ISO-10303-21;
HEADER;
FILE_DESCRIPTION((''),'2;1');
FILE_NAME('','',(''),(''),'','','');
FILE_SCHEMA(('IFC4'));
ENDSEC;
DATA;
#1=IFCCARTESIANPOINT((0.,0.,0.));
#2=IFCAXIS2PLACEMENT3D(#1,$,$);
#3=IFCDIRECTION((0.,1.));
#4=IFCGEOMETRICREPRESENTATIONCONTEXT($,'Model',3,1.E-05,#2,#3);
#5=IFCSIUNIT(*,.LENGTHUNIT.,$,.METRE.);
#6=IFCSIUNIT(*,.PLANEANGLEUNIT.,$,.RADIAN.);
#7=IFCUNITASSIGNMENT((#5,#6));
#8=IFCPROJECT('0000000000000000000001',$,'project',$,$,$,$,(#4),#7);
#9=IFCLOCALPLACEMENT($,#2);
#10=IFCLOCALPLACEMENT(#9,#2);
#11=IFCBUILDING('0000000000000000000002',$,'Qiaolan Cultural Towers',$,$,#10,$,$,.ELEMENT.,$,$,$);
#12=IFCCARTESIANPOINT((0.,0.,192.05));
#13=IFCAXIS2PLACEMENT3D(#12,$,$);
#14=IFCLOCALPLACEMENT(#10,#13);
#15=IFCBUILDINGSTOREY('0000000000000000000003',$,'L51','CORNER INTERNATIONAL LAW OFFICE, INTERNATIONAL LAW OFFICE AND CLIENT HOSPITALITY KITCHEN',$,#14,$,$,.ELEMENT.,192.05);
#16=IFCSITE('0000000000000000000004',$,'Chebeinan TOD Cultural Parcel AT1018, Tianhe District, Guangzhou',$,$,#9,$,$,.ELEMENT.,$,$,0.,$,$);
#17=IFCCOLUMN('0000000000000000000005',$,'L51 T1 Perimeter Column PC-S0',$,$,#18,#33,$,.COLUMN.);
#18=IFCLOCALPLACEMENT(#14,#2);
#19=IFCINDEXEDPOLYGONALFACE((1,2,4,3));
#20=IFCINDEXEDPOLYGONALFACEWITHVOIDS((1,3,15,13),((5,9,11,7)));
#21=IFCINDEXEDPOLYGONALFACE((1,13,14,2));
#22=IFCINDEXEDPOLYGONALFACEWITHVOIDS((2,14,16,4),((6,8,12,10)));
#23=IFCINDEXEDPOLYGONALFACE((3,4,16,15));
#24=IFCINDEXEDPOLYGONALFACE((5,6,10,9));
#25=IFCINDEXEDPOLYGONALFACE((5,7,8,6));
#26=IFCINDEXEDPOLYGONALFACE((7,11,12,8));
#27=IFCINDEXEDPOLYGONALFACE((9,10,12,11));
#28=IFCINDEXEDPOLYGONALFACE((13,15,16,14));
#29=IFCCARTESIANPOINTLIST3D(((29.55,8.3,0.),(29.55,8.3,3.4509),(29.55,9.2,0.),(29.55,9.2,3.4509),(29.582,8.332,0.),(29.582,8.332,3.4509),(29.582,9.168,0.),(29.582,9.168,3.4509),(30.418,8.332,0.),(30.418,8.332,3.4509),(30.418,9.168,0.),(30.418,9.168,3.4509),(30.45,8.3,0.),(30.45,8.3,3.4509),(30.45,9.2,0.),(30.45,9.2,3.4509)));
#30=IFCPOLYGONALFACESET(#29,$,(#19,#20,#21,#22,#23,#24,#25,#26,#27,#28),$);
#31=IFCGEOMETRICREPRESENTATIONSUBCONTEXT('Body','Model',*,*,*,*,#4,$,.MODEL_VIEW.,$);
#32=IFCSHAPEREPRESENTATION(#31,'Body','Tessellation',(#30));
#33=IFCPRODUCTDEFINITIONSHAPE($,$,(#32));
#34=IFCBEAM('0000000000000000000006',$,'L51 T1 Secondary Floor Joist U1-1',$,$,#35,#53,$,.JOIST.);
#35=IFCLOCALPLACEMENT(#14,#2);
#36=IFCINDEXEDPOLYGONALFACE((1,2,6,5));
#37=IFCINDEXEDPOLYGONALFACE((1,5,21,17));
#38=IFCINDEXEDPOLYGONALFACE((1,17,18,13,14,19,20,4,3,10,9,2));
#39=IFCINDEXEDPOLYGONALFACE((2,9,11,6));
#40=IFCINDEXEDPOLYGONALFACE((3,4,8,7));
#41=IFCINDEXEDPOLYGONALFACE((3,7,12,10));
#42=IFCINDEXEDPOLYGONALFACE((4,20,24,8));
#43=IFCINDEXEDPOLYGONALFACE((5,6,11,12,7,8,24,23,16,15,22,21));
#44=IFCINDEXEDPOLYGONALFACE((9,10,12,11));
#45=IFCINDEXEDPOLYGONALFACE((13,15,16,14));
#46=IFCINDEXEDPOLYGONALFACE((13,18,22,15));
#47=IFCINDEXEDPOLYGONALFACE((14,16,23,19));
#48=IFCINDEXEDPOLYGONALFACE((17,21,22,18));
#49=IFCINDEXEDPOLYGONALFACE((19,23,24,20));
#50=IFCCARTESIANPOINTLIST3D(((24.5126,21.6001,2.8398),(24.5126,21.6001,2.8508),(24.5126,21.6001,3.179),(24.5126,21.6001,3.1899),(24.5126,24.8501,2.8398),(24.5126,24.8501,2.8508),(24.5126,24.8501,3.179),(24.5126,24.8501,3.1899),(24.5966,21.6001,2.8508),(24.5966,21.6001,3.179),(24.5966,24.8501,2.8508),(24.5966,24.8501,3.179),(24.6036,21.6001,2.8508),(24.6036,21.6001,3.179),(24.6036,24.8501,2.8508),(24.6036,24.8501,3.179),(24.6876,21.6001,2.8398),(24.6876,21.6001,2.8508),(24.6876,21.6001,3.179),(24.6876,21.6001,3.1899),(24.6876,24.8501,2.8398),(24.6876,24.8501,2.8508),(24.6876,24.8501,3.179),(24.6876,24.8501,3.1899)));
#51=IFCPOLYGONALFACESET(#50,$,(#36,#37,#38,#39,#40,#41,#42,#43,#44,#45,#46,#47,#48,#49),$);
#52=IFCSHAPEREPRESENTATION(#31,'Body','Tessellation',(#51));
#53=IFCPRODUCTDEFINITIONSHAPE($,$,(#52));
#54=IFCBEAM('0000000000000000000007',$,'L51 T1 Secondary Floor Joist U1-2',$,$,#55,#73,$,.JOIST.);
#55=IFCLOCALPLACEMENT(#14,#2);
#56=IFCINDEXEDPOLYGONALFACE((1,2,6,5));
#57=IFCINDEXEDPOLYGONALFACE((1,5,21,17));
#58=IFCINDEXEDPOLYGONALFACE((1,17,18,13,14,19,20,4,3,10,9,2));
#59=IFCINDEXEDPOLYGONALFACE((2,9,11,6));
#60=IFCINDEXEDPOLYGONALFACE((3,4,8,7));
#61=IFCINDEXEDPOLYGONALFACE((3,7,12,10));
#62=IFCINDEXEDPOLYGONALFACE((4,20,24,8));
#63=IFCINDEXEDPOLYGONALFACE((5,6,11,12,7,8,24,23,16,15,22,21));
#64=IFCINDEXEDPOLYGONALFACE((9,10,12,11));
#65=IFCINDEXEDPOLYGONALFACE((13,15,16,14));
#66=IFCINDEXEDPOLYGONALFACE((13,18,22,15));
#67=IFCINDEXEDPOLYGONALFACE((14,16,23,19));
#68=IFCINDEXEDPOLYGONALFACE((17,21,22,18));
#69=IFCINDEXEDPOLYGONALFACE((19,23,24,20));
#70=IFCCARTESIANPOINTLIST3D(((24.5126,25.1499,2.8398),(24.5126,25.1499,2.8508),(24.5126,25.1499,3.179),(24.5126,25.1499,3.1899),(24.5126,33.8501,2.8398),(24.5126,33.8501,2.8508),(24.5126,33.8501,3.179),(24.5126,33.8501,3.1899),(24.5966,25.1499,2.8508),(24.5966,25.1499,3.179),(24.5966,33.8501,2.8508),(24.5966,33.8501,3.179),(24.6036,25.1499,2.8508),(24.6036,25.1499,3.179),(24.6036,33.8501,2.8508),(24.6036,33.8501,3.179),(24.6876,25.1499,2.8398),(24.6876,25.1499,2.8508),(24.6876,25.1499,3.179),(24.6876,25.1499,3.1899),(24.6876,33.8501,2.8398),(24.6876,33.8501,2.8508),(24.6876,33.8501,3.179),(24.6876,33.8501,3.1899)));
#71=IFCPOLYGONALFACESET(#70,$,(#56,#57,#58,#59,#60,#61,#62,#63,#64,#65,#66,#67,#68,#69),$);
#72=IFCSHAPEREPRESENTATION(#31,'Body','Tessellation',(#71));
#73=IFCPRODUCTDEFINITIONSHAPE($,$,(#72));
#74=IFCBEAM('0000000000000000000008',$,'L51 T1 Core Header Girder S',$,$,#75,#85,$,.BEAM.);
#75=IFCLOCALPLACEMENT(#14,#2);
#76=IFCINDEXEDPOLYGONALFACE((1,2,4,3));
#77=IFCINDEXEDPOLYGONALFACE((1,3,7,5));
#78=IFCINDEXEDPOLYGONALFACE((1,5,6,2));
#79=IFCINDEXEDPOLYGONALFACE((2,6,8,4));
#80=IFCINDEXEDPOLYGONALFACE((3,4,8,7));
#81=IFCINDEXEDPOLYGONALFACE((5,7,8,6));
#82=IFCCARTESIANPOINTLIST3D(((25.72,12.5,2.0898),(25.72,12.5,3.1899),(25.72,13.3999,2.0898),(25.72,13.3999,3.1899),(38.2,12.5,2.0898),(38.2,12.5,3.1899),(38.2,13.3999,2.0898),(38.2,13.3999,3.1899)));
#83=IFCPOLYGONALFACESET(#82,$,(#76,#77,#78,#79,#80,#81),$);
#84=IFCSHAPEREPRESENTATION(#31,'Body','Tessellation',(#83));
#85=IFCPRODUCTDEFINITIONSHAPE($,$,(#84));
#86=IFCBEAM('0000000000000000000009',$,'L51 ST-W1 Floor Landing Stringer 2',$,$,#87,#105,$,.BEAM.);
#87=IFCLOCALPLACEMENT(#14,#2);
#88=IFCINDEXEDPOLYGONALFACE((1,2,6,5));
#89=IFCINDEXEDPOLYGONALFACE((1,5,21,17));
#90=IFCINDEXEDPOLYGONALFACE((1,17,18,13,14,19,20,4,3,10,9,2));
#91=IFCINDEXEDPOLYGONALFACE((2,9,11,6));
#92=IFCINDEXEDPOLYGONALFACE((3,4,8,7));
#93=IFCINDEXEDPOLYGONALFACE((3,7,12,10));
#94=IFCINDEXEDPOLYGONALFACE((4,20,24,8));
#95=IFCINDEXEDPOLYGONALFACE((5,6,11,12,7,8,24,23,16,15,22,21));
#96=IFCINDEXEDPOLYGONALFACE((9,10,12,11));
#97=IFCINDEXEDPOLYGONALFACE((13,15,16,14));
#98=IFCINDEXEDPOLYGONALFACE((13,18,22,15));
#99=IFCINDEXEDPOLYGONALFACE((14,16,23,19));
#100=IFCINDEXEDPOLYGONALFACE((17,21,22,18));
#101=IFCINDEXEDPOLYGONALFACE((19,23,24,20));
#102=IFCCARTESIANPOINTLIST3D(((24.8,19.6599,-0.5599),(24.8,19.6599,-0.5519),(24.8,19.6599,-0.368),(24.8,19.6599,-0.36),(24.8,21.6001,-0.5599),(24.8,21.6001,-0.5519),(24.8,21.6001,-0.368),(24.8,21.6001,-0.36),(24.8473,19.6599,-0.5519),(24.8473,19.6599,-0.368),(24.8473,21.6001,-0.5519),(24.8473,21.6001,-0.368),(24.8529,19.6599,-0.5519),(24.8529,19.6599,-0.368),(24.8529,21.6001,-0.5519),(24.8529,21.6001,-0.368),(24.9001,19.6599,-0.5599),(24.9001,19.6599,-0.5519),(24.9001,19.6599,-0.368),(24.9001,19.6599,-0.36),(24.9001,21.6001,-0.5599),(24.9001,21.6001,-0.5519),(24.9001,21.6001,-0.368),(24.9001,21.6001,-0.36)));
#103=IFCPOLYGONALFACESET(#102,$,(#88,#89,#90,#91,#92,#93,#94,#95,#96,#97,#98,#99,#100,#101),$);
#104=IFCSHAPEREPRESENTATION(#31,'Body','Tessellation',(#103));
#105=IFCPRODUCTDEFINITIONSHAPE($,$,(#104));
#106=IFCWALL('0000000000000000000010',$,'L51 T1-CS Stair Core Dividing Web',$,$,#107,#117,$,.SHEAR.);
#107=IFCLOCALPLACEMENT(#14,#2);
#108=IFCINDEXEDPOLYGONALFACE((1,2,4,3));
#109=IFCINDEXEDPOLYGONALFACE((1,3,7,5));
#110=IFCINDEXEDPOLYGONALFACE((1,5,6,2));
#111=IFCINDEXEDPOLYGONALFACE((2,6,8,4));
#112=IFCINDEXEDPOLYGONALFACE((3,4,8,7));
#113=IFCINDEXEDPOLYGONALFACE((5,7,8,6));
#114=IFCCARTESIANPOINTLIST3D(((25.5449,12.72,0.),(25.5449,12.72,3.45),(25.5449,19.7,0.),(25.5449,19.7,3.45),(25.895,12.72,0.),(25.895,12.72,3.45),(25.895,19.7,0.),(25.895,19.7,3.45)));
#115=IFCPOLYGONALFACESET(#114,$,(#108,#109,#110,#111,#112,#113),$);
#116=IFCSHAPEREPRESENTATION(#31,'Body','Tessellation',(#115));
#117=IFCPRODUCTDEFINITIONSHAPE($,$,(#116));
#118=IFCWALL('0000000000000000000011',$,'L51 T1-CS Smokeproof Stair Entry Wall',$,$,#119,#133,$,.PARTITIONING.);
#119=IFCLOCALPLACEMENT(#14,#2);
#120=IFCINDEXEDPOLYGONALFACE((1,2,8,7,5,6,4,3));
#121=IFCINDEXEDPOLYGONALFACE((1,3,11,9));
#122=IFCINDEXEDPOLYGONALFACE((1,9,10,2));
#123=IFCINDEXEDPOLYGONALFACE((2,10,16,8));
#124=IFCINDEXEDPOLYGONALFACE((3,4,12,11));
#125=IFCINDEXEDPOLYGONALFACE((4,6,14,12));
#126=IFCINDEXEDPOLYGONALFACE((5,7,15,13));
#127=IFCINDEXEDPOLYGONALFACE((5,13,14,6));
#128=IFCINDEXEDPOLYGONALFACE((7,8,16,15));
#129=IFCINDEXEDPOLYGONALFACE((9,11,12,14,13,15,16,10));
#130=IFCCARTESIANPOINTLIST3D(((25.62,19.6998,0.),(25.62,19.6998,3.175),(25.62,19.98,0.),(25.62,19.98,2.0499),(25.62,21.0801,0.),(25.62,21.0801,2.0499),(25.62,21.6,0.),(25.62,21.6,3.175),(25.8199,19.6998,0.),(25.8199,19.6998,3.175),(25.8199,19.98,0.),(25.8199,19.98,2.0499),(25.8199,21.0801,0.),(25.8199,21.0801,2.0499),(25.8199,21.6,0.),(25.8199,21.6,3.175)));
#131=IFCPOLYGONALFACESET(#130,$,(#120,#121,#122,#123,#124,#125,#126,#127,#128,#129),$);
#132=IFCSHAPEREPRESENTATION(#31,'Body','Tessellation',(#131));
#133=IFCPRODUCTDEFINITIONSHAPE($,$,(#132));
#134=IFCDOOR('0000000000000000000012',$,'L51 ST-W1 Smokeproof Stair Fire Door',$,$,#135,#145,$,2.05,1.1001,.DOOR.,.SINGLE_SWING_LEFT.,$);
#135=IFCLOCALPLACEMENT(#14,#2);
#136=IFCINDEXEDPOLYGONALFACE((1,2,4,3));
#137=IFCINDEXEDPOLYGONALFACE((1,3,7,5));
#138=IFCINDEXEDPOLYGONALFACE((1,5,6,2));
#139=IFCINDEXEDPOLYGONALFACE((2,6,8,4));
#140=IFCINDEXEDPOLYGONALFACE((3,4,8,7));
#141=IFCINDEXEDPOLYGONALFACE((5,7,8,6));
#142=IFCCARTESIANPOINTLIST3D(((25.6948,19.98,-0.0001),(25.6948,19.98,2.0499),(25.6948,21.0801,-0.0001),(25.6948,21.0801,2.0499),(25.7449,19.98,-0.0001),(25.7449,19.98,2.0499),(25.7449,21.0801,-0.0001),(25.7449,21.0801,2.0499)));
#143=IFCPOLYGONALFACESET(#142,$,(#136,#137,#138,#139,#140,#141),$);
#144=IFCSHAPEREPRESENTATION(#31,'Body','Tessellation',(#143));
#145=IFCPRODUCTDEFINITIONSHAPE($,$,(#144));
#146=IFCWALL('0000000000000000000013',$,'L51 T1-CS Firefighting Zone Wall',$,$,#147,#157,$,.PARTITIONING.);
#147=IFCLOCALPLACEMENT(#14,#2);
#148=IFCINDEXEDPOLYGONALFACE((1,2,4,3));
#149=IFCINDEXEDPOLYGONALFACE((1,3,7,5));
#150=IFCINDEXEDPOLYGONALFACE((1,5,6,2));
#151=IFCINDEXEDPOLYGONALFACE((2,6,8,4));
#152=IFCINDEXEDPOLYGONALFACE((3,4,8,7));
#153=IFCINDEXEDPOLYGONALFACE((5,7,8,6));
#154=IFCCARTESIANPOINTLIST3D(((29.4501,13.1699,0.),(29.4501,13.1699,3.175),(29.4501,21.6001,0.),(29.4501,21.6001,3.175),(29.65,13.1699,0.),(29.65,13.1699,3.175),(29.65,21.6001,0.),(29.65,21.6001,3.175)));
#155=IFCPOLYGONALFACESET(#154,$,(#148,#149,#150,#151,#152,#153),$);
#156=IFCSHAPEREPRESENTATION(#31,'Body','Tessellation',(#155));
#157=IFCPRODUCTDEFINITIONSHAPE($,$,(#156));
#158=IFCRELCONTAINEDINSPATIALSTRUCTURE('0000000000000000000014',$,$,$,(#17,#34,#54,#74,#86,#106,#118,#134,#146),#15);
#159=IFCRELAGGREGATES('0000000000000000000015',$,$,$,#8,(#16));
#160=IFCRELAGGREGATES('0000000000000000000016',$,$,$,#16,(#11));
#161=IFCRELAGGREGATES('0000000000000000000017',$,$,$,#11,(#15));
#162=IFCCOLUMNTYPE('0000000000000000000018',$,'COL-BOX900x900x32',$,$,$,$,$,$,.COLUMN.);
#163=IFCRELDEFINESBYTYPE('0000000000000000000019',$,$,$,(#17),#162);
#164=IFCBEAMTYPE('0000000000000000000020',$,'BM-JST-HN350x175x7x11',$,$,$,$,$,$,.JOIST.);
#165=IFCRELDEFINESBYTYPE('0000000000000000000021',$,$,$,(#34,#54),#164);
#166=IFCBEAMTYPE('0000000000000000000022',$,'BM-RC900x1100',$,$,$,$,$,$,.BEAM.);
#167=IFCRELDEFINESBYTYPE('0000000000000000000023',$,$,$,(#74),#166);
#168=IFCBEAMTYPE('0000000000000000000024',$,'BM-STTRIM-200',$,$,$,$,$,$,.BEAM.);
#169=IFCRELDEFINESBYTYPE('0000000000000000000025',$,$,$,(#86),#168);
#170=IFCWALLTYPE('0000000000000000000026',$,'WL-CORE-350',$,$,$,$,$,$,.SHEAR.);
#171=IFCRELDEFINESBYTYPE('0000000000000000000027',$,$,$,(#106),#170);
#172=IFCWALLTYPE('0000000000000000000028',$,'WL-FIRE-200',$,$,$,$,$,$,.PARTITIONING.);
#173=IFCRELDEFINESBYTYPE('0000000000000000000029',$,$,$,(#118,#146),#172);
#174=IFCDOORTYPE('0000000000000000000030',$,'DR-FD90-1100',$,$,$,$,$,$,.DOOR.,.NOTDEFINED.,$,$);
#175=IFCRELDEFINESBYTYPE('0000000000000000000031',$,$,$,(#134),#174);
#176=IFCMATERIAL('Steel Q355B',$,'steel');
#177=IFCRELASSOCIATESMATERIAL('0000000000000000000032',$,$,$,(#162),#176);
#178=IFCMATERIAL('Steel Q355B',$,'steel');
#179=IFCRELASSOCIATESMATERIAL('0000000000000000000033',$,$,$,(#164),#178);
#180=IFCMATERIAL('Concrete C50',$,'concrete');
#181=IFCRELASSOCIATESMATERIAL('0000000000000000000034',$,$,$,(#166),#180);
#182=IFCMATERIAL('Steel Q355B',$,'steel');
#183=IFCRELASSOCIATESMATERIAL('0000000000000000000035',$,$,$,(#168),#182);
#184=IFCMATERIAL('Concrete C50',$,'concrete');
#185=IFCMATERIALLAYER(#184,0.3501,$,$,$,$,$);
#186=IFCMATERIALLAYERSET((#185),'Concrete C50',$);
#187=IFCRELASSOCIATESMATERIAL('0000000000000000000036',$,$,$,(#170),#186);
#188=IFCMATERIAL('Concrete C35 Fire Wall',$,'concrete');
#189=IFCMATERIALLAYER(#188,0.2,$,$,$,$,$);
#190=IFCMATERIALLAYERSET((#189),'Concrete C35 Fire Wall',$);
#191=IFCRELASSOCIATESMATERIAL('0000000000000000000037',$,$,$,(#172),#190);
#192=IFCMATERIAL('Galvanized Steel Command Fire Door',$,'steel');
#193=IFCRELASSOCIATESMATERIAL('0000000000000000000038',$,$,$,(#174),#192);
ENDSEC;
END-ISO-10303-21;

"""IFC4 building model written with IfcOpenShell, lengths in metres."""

from ifc_helpers import new_model, si_unit, direction, frame, frame_2d, origin, origin_2d, place, context, subcontext, project, spatial, rectangle, hollow_rectangle, i_section, extrude, material, layer, layer_set, material_profile, profile_set, type_object, element, fill, save


model = new_model("IFC4")

# Units and contexts
model_context = context("Model", 3, precision=1e-05, world=origin(), true_north=direction((0.0, 1.0)))
body_context = subcontext(model_context, "Body", "Model", "MODEL_VIEW")
ifc_project = project(units=[si_unit("LENGTHUNIT", "METRE"), si_unit("PLANEANGLEUNIT", "RADIAN")], contexts=[model_context])

# Site, building, storey
site_placement = place(None, origin())
site = spatial("IfcSite", under=ifc_project, at=site_placement, Name="Chebeinan TOD Cultural Parcel AT1018, Tianhe District, Guangzhou", CompositionType="ELEMENT", RefElevation=0.0)
building_placement = place(site_placement, origin())
building = spatial("IfcBuilding", under=site, at=building_placement, Name="Qiaolan Cultural Towers", CompositionType="ELEMENT")
storey_placement = place(building_placement, frame((0.0, 0.0, 192.05)))
storey = spatial("IfcBuildingStorey", under=building, at=storey_placement, Name="L51", Description="CORNER INTERNATIONAL LAW OFFICE, INTERNATIONAL LAW OFFICE AND CLIENT HOSPITALITY KITCHEN", CompositionType="ELEMENT", Elevation=192.05)

# Column
ifc_material_1 = material(Name="Steel Q355B", Category="steel")
ifc_material_profile_1 = material_profile(ifc_material_1, hollow_rectangle(XDim=0.8999, YDim=0.8999, WallThickness=0.032, at=origin_2d()), Name="BOX900x900x32")
ifc_profile_set_1 = profile_set([ifc_material_profile_1], Name="Steel Q355B")
column_type = type_object("IfcColumnType", Name="COL-BOX900x900x32", PredefinedType="COLUMN", material=ifc_profile_set_1)
column_placement = place(storey_placement, frame((30.0, 8.75, 0.0), z_axis=(0.0, 0.0, 1.0), x_axis=(1.0, 0.0, 0.0)))
element("IfcColumn", 1, at=column_placement, inside=storey, type_object=column_type, Name="L51 T1 Perimeter Column PC-S0", PredefinedType="COLUMN", context=body_context, shape_type="SweptSolid", body=[
    extrude(hollow_rectangle(XDim=0.8999, YDim=0.8999, WallThickness=0.032, at=origin_2d()), origin(), (0.0, 0.0, 1.0), 3.4509),
])

# Beams
ifc_material_2 = material(Name="Steel Q355B", Category="steel")
ifc_material_profile_2 = material_profile(ifc_material_2, i_section(OverallWidth=0.175, OverallDepth=0.3501, WebThickness=0.0071, FlangeThickness=0.011, at=origin_2d()), Name="HN350x175x7x11")
ifc_profile_set_2 = profile_set([ifc_material_profile_2], Name="Steel Q355B")
beam_type_1 = type_object("IfcBeamType", Name="BM-JST-HN350x175x7x11", PredefinedType="JOIST", material=ifc_profile_set_2)
beam_1_placement = place(storey_placement, frame((24.6001, 21.6001, 3.0149), z_axis=(0.0, 1.0, 0.0), x_axis=(-1.0, 0.0, 0.0)))
element("IfcBeam", 2, at=beam_1_placement, inside=storey, type_object=beam_type_1, Name="L51 T1 Secondary Floor Joist U1-1", PredefinedType="JOIST", context=body_context, shape_type="SweptSolid", body=[
    extrude(i_section(OverallWidth=0.175, OverallDepth=0.3501, WebThickness=0.0071, FlangeThickness=0.011, at=origin_2d()), origin(), (0.0, 0.0, 1.0), 3.25),
])
beam_2_placement = place(storey_placement, frame((24.6001, 25.1499, 3.0149), z_axis=(0.0, 1.0, 0.0), x_axis=(-1.0, 0.0, 0.0)))
element("IfcBeam", 3, at=beam_2_placement, inside=storey, type_object=beam_type_1, Name="L51 T1 Secondary Floor Joist U1-2", PredefinedType="JOIST", context=body_context, shape_type="SweptSolid", body=[
    extrude(i_section(OverallWidth=0.175, OverallDepth=0.3501, WebThickness=0.0071, FlangeThickness=0.011, at=origin_2d()), origin(), (0.0, 0.0, 1.0), 8.7002),
])
ifc_material_3 = material(Name="Concrete C50", Category="concrete")
ifc_material_profile_3 = material_profile(ifc_material_3, rectangle(XDim=0.8999, YDim=1.1001, at=origin_2d()), Name="RC900x1100")
ifc_profile_set_3 = profile_set([ifc_material_profile_3], Name="Concrete C50")
beam_type_2 = type_object("IfcBeamType", Name="BM-RC900x1100", PredefinedType="BEAM", material=ifc_profile_set_3)
beam_3_placement = place(storey_placement, frame((25.72, 12.95, 2.6399), z_axis=(1.0, 0.0, 0.0), x_axis=(0.0, 1.0, 0.0)))
element("IfcBeam", 4, at=beam_3_placement, inside=storey, type_object=beam_type_2, Name="L51 T1 Core Header Girder S", PredefinedType="BEAM", context=body_context, shape_type="SweptSolid", body=[
    extrude(rectangle(XDim=0.8999, YDim=1.1001, at=origin_2d()), origin(), (0.0, 0.0, 1.0), 12.48),
])
ifc_material_4 = material(Name="Steel Q355B", Category="steel")
ifc_material_profile_4 = material_profile(ifc_material_4, i_section(OverallWidth=0.1001, OverallDepth=0.2, WebThickness=0.0056, FlangeThickness=0.0081, at=origin_2d()), Name="HN200x100x5.5x8")
ifc_profile_set_4 = profile_set([ifc_material_profile_4], Name="Steel Q355B")
beam_type_3 = type_object("IfcBeamType", Name="BM-STTRIM-200", PredefinedType="BEAM", material=ifc_profile_set_4)
beam_4_placement = place(storey_placement, frame((24.8501, 21.6001, -0.46), z_axis=(0.0, -1.0, 0.0), x_axis=(1.0, 0.0, 0.0)))
element("IfcBeam", 5, at=beam_4_placement, inside=storey, type_object=beam_type_3, Name="L51 ST-W1 Floor Landing Stringer 2", PredefinedType="BEAM", context=body_context, shape_type="SweptSolid", body=[
    extrude(i_section(OverallWidth=0.1001, OverallDepth=0.2, WebThickness=0.0056, FlangeThickness=0.0081, at=origin_2d()), origin(), (0.0, 0.0, 1.0), 1.9402),
])

# Wall
ifc_material_5 = material(Name="Concrete C50", Category="concrete")
ifc_layer_1 = layer(ifc_material_5, 0.3501)
ifc_layer_set_1 = layer_set([ifc_layer_1], Name="Concrete C50")
wall_type_1 = type_object("IfcWallType", Name="WL-CORE-350", PredefinedType="SHEAR", material=ifc_layer_set_1)
wall_1_placement = place(storey_placement, frame((25.72, 19.7, 0.0), z_axis=(0.0, 0.0, 1.0), x_axis=(0.0, -1.0, 0.0)))
element("IfcWall", 6, at=wall_1_placement, inside=storey, type_object=wall_type_1, Name="L51 T1-CS Stair Core Dividing Web", PredefinedType="SHEAR", context=body_context, shape_type="SweptSolid", body=[
    extrude(rectangle(XDim=6.98, YDim=0.3501, at=frame_2d((3.49, 0.0))), origin(), (0.0, 0.0, 1.0), 3.45),
])

# Wall, opening, door
ifc_material_6 = material(Name="Concrete C35 Fire Wall", Category="concrete")
ifc_layer_2 = layer(ifc_material_6, 0.2)
ifc_layer_set_2 = layer_set([ifc_layer_2], Name="Concrete C35 Fire Wall")
wall_type_2 = type_object("IfcWallType", Name="WL-FIRE-200", PredefinedType="PARTITIONING", material=ifc_layer_set_2)
wall_2_placement = place(storey_placement, frame((25.72, 21.6001, 0.0), z_axis=(0.0, 0.0, 1.0), x_axis=(0.0, -1.0, 0.0)))
wall_2 = element("IfcWall", 7, at=wall_2_placement, inside=storey, type_object=wall_type_2, Name="L51 T1-CS Smokeproof Stair Entry Wall", PredefinedType="PARTITIONING", context=body_context, shape_type="SweptSolid", body=[
    extrude(rectangle(XDim=1.9001, YDim=0.2, at=frame_2d((0.9502, 0.0))), origin(), (0.0, 0.0, 1.0), 3.175),
])
opening_1_placement = place(wall_2_placement, frame((0.52, 0.0, 0.0)))
opening_1 = element("IfcOpeningElement", 8, at=opening_1_placement, cuts=wall_2, PredefinedType="OPENING", context=body_context, shape_type="SweptSolid", body=[
    extrude(rectangle(XDim=1.1001, YDim=2.05, at=frame_2d((0.55, 1.0249))), frame((0.0, 0.1099, 0.0), z_axis=(0.0, -1.0, 0.0), x_axis=(1.0, 0.0, 0.0)), (0.0, 0.0, 1.0), 0.22),
])
ifc_material_7 = material(Name="Galvanized Steel Command Fire Door", Category="steel")
door_type_1 = type_object("IfcDoorType", Name="DR-FD90-1100", OperationType="NOTDEFINED", PredefinedType="DOOR", material=ifc_material_7)
door_1_placement = place(opening_1_placement, origin())
door_1 = element("IfcDoor", 9, at=door_1_placement, inside=storey, type_object=door_type_1, Name="L51 ST-W1 Smokeproof Stair Fire Door", OperationType="SINGLE_SWING_LEFT", OverallHeight=2.05, OverallWidth=1.1001, PredefinedType="DOOR", context=body_context, shape_type="SweptSolid", body=[
    extrude(rectangle(XDim=1.1001, YDim=2.05, at=frame_2d((0.55, 1.0249))), frame((0.0, 0.0249, 0.0), z_axis=(0.0, -1.0, 0.0), x_axis=(1.0, 0.0, 0.0)), (0.0, 0.0, 1.0), 0.05),
])
fill(opening_1, door_1)

# Wall
wall_3_placement = place(storey_placement, frame((29.55, 21.6001, 0.0), z_axis=(0.0, 0.0, 1.0), x_axis=(0.0, -1.0, 0.0)))
element("IfcWall", 10, at=wall_3_placement, inside=storey, type_object=wall_type_2, Name="L51 T1-CS Firefighting Zone Wall", PredefinedType="PARTITIONING", context=body_context, shape_type="SweptSolid", body=[
    extrude(rectangle(XDim=8.4302, YDim=0.2, at=frame_2d((4.2151, 0.0))), origin(), (0.0, 0.0, 1.0), 3.175),
])

save(model, "model.ifc")
